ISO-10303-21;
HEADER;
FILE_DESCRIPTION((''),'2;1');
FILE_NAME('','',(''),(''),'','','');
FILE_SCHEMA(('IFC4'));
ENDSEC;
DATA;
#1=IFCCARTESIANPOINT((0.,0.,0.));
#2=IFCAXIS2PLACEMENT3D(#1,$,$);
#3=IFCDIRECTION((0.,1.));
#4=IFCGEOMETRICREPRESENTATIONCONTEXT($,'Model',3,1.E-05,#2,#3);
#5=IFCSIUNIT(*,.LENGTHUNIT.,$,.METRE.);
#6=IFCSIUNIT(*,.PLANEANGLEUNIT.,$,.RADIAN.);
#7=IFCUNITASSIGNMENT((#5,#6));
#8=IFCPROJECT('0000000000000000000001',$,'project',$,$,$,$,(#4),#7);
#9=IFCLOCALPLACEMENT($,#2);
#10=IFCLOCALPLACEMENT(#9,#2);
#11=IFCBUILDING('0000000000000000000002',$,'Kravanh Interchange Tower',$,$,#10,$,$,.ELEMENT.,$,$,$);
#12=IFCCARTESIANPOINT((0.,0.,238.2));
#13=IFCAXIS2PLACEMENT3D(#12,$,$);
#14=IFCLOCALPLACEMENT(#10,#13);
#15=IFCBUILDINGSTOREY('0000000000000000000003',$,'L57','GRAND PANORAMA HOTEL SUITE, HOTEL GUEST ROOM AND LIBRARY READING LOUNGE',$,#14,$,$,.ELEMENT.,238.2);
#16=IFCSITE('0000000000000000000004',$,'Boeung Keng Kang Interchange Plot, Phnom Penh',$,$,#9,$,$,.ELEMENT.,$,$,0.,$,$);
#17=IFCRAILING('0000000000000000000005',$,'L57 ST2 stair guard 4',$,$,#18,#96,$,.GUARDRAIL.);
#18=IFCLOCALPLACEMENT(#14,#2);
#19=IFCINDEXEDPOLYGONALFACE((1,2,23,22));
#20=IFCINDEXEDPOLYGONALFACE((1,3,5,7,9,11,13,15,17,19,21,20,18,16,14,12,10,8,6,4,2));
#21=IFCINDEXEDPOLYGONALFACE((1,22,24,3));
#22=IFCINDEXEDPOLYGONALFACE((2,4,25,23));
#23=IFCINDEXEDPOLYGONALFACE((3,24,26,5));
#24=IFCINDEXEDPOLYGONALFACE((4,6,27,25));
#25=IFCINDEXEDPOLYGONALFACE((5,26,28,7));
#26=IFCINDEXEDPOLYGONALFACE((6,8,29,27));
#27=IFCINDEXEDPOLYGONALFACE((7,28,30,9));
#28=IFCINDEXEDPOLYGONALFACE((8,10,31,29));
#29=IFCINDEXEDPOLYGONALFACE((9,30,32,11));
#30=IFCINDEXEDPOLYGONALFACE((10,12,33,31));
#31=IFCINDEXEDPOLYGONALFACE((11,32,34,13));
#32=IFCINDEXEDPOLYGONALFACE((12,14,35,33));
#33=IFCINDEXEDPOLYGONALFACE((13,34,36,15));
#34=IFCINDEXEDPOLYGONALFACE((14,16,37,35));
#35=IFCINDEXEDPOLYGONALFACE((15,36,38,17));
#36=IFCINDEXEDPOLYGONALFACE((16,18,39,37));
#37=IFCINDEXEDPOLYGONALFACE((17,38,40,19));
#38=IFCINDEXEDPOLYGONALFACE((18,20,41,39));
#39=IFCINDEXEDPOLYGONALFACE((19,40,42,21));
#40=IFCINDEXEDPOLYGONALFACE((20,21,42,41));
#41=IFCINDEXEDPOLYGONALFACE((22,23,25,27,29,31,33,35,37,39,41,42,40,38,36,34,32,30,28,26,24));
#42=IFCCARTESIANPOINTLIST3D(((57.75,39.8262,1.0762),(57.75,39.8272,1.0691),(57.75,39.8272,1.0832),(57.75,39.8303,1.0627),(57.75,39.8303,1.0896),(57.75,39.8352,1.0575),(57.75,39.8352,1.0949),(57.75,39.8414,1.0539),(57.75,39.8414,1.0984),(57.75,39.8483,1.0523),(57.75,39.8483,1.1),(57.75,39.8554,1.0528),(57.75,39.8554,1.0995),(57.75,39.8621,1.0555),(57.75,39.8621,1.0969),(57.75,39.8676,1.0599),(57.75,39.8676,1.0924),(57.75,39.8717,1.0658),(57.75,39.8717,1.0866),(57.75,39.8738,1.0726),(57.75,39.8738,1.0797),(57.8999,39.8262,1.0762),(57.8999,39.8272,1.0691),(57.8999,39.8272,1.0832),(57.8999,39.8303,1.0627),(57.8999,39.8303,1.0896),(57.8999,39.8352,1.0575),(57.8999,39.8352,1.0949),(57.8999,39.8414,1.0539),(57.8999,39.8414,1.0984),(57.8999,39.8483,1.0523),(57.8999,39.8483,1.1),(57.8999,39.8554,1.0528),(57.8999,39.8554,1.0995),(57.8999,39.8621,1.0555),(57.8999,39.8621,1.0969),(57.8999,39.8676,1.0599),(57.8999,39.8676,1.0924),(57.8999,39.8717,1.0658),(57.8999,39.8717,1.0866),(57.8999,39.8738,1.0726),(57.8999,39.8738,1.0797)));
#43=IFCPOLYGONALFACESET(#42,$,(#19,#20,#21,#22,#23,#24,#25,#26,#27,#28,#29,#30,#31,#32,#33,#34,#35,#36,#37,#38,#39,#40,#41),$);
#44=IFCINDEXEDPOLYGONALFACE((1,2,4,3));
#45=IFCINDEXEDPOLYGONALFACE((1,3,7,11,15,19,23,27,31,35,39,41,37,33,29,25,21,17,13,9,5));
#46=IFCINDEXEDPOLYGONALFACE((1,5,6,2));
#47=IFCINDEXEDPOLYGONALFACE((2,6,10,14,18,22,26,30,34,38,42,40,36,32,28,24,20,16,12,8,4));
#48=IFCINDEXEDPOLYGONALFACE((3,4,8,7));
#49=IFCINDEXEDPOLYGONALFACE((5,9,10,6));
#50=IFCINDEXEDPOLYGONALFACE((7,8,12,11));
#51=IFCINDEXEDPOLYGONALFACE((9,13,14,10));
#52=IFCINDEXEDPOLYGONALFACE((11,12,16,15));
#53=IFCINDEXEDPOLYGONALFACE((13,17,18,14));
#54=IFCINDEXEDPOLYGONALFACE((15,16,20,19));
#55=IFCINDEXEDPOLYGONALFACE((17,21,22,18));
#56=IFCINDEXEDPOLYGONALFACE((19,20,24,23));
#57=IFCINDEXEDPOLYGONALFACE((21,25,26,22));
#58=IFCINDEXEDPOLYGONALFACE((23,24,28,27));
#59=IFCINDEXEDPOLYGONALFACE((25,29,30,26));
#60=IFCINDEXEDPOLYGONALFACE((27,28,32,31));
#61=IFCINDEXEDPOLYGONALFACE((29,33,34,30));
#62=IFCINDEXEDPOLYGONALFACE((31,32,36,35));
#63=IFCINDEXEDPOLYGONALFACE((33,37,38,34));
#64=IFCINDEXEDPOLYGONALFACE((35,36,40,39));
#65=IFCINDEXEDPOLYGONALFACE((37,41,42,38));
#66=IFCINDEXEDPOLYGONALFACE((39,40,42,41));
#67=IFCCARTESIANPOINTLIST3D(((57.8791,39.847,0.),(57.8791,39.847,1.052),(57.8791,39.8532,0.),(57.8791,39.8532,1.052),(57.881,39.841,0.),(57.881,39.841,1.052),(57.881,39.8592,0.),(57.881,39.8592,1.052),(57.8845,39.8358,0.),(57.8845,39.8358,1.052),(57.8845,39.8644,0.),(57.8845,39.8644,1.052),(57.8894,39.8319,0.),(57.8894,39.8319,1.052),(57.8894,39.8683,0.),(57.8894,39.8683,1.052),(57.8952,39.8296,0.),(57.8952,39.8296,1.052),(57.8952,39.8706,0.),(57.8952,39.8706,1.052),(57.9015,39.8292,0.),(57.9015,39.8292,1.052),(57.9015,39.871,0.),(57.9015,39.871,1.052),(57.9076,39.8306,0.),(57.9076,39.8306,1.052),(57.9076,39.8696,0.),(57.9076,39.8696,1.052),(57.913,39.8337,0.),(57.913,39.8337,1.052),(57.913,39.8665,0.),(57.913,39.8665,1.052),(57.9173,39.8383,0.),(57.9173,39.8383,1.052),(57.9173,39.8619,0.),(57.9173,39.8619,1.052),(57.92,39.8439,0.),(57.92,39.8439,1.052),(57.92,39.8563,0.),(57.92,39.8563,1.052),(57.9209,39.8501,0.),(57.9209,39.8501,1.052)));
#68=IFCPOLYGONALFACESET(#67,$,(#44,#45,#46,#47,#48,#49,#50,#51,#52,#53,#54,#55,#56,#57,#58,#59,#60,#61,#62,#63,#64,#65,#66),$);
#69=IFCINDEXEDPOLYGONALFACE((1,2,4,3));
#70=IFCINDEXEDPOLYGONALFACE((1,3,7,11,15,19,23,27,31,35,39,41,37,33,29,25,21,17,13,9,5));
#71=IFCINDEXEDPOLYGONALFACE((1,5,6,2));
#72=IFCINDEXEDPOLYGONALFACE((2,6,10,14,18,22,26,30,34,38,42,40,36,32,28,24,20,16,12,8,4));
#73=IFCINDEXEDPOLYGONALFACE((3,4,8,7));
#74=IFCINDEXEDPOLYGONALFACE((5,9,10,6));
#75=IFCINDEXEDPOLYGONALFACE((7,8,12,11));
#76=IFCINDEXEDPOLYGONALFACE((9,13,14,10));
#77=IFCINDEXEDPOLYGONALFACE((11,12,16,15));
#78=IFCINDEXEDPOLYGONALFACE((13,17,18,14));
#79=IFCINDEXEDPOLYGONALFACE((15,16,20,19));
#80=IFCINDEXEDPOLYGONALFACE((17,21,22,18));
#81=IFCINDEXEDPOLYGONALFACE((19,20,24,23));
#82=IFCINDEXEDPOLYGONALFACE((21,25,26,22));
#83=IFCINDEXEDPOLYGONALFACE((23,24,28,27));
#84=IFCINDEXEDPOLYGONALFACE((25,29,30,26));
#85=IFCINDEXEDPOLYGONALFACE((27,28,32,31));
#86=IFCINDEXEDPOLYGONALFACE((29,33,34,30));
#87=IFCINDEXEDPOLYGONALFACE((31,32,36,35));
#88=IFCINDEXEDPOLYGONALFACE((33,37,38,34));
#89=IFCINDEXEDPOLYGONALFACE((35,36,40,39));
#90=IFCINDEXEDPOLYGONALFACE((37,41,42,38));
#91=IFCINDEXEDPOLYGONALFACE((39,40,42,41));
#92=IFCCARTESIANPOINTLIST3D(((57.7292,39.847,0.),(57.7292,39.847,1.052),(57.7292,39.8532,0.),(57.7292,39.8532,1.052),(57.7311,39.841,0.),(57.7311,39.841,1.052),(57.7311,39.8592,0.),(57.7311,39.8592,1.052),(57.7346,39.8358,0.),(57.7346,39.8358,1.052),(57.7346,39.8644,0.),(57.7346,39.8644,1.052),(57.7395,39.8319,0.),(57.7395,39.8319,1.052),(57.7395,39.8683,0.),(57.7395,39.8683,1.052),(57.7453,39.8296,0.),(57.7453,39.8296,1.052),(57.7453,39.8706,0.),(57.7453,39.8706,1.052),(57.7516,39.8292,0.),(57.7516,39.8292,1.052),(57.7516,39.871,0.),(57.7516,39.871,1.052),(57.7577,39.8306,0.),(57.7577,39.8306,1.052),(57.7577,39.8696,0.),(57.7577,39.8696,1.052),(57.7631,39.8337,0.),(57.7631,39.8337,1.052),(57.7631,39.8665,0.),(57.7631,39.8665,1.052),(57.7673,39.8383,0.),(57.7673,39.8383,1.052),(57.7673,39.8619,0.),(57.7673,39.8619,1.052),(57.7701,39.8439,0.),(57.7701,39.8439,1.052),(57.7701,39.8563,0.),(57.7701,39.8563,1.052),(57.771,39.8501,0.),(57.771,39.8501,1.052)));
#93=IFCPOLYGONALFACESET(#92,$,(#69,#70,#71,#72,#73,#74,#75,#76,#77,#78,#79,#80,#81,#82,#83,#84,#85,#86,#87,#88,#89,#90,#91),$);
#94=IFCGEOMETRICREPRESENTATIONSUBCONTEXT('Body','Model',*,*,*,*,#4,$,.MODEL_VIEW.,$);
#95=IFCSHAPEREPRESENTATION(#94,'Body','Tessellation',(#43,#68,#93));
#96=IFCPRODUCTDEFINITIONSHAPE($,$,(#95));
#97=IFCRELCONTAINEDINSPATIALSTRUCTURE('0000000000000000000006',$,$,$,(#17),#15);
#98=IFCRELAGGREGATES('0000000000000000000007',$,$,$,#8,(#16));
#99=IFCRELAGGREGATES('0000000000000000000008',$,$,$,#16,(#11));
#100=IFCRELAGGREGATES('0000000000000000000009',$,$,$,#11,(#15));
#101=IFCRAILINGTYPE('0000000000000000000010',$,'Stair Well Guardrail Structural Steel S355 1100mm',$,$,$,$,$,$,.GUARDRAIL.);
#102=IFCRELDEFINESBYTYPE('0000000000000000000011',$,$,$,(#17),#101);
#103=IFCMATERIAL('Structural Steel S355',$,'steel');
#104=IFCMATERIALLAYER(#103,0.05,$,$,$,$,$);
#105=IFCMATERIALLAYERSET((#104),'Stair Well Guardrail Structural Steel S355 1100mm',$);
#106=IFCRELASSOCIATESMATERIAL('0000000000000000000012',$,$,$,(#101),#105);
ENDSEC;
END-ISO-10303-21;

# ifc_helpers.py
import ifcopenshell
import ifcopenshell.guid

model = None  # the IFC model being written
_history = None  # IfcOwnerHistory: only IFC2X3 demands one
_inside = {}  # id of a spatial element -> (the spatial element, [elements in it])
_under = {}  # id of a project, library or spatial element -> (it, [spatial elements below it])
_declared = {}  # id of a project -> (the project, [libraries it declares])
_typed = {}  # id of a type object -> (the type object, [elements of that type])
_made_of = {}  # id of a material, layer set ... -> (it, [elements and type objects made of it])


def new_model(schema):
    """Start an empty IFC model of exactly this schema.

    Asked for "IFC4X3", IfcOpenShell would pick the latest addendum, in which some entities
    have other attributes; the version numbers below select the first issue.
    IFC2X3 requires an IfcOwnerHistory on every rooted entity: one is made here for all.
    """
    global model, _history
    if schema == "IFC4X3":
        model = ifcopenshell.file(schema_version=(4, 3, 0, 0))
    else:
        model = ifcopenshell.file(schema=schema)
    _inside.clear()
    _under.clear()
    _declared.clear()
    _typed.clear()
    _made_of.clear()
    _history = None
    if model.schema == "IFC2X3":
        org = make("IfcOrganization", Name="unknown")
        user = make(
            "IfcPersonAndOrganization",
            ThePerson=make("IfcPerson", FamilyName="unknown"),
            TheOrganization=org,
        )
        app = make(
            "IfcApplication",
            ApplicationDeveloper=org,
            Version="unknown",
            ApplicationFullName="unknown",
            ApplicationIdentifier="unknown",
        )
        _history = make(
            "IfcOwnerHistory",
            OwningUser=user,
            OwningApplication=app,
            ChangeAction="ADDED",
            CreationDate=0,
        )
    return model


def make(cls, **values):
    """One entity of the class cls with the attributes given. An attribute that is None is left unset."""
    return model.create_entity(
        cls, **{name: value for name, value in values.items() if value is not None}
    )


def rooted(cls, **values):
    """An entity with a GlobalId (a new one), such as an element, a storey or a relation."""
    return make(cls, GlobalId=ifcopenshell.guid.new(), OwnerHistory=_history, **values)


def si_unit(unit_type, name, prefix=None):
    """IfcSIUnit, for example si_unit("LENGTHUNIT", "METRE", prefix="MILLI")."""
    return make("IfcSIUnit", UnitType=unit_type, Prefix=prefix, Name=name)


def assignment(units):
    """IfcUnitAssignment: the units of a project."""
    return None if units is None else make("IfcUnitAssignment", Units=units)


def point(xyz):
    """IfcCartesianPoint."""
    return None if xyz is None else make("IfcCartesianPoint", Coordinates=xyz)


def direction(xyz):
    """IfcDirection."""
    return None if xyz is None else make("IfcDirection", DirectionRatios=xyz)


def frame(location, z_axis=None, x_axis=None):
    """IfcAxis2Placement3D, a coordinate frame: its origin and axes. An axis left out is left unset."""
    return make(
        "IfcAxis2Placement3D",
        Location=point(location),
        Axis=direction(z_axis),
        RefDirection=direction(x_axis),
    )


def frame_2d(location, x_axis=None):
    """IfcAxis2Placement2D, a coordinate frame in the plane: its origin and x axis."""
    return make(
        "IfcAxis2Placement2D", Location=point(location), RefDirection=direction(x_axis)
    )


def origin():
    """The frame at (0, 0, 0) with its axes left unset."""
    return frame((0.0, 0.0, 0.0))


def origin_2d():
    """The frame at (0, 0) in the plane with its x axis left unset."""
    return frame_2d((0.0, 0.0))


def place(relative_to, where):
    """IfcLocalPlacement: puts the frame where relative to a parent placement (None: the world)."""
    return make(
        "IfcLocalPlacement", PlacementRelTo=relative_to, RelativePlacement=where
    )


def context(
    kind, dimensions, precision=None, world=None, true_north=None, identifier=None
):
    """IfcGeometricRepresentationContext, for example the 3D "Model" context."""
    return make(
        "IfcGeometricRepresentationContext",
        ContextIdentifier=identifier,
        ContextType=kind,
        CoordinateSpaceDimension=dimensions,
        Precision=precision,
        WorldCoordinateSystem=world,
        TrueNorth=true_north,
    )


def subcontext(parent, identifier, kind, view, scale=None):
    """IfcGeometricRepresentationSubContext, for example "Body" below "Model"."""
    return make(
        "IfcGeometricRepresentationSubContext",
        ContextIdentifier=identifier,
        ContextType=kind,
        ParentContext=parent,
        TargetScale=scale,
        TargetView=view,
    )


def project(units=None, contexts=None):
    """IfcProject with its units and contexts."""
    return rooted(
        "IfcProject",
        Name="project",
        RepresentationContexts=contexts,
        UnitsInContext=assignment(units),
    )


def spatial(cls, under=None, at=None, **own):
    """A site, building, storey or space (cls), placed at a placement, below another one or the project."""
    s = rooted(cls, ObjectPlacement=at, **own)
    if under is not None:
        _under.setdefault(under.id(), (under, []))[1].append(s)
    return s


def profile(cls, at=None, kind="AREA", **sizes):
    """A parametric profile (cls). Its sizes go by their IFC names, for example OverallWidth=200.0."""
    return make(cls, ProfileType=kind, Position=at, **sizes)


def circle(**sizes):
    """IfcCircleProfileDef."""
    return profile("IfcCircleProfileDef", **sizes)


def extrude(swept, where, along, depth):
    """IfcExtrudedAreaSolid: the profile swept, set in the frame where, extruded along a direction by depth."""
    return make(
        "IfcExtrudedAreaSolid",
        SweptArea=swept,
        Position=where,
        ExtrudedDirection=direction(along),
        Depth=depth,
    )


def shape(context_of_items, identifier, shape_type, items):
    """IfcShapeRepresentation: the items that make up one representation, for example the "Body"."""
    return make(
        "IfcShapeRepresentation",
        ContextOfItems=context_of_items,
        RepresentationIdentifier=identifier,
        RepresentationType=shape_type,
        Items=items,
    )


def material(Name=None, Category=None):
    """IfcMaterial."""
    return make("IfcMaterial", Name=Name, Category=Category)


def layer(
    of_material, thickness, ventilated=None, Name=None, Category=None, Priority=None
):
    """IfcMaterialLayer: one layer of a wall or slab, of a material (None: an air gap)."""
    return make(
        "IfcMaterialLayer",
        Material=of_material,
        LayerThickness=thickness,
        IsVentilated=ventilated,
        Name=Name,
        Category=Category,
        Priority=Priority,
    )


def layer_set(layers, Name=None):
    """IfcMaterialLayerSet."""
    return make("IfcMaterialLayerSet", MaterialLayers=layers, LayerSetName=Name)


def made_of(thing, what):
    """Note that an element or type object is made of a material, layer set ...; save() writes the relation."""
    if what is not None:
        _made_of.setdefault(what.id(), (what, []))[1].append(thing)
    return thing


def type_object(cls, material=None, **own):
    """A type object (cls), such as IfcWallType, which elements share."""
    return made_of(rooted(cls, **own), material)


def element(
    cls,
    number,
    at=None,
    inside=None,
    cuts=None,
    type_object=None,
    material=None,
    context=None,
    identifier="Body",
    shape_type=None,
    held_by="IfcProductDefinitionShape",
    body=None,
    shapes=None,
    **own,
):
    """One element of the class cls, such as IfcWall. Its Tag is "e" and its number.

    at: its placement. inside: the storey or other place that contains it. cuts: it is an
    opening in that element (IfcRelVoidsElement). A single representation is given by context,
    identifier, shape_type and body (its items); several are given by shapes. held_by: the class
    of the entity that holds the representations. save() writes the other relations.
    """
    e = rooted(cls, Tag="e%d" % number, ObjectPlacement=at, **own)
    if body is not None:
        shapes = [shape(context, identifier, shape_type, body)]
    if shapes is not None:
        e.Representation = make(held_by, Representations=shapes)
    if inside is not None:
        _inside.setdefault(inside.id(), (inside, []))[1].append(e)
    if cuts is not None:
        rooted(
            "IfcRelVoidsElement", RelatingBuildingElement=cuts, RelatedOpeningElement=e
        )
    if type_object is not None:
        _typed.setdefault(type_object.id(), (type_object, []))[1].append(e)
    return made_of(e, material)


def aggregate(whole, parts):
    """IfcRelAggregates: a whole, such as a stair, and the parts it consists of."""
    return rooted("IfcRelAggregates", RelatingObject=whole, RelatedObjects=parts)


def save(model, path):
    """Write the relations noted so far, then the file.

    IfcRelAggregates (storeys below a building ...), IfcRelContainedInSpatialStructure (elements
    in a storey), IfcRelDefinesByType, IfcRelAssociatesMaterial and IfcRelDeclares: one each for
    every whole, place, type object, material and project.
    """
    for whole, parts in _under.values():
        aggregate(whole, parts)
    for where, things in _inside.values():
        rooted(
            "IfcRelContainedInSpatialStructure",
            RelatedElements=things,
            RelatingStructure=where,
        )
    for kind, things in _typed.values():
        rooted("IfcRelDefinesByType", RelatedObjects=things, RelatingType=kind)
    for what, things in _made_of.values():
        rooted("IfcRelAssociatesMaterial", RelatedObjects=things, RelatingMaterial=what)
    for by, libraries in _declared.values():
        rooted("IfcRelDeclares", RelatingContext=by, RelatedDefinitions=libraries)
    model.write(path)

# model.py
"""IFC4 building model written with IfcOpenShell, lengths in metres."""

from ifc_helpers import new_model, si_unit, direction, frame, origin, origin_2d, place, context, subcontext, project, spatial, circle, extrude, material, layer, layer_set, type_object, element, save


model = new_model("IFC4")

# Units and contexts
model_context = context("Model", 3, precision=1e-05, world=origin(), true_north=direction((0.0, 1.0)))
body_context = subcontext(model_context, "Body", "Model", "MODEL_VIEW")
ifc_project = project(units=[si_unit("LENGTHUNIT", "METRE"), si_unit("PLANEANGLEUNIT", "RADIAN")], contexts=[model_context])

# Site, building, storey
site_placement = place(None, origin())
site = spatial("IfcSite", under=ifc_project, at=site_placement, Name="Boeung Keng Kang Interchange Plot, Phnom Penh", CompositionType="ELEMENT", RefElevation=0.0)
building_placement = place(site_placement, origin())
building = spatial("IfcBuilding", under=site, at=building_placement, Name="Kravanh Interchange Tower", CompositionType="ELEMENT")
storey_placement = place(building_placement, frame((0.0, 0.0, 238.2)))
storey = spatial("IfcBuildingStorey", under=building, at=storey_placement, Name="L57", Description="GRAND PANORAMA HOTEL SUITE, HOTEL GUEST ROOM AND LIBRARY READING LOUNGE", CompositionType="ELEMENT", Elevation=238.2)

# Railing
ifc_material_1 = material(Name="Structural Steel S355", Category="steel")
ifc_layer_1 = layer(ifc_material_1, 0.05)
ifc_layer_set_1 = layer_set([ifc_layer_1], Name="Stair Well Guardrail Structural Steel S355 1100mm")
railing_type_1 = type_object("IfcRailingType", Name="Stair Well Guardrail Structural Steel S355 1100mm", PredefinedType="GUARDRAIL", material=ifc_layer_set_1)
railing_1_placement = place(storey_placement, frame((57.8999, 39.8501, 0.0)))
element("IfcRailing", 1, at=railing_1_placement, inside=storey, type_object=railing_type_1, Name="L57 ST2 stair guard 4", PredefinedType="GUARDRAIL", context=body_context, shape_type="SweptSolid", body=[
    extrude(circle(Radius=0.0239, at=origin_2d()), frame((0.0, 0.0, 1.0762), z_axis=(-1.0, 0.0, 0.0), x_axis=(0.0, -1.0, 0.0)), (0.0, 0.0, 1.0), 0.1499),
    extrude(circle(Radius=0.021, at=origin_2d()), origin(), (0.0, 0.0, 1.0), 1.052),
    extrude(circle(Radius=0.021, at=origin_2d()), frame((-0.1499, 0.0, 0.0)), (0.0, 0.0, 1.0), 1.052),
])

save(model, "model.ifc")
